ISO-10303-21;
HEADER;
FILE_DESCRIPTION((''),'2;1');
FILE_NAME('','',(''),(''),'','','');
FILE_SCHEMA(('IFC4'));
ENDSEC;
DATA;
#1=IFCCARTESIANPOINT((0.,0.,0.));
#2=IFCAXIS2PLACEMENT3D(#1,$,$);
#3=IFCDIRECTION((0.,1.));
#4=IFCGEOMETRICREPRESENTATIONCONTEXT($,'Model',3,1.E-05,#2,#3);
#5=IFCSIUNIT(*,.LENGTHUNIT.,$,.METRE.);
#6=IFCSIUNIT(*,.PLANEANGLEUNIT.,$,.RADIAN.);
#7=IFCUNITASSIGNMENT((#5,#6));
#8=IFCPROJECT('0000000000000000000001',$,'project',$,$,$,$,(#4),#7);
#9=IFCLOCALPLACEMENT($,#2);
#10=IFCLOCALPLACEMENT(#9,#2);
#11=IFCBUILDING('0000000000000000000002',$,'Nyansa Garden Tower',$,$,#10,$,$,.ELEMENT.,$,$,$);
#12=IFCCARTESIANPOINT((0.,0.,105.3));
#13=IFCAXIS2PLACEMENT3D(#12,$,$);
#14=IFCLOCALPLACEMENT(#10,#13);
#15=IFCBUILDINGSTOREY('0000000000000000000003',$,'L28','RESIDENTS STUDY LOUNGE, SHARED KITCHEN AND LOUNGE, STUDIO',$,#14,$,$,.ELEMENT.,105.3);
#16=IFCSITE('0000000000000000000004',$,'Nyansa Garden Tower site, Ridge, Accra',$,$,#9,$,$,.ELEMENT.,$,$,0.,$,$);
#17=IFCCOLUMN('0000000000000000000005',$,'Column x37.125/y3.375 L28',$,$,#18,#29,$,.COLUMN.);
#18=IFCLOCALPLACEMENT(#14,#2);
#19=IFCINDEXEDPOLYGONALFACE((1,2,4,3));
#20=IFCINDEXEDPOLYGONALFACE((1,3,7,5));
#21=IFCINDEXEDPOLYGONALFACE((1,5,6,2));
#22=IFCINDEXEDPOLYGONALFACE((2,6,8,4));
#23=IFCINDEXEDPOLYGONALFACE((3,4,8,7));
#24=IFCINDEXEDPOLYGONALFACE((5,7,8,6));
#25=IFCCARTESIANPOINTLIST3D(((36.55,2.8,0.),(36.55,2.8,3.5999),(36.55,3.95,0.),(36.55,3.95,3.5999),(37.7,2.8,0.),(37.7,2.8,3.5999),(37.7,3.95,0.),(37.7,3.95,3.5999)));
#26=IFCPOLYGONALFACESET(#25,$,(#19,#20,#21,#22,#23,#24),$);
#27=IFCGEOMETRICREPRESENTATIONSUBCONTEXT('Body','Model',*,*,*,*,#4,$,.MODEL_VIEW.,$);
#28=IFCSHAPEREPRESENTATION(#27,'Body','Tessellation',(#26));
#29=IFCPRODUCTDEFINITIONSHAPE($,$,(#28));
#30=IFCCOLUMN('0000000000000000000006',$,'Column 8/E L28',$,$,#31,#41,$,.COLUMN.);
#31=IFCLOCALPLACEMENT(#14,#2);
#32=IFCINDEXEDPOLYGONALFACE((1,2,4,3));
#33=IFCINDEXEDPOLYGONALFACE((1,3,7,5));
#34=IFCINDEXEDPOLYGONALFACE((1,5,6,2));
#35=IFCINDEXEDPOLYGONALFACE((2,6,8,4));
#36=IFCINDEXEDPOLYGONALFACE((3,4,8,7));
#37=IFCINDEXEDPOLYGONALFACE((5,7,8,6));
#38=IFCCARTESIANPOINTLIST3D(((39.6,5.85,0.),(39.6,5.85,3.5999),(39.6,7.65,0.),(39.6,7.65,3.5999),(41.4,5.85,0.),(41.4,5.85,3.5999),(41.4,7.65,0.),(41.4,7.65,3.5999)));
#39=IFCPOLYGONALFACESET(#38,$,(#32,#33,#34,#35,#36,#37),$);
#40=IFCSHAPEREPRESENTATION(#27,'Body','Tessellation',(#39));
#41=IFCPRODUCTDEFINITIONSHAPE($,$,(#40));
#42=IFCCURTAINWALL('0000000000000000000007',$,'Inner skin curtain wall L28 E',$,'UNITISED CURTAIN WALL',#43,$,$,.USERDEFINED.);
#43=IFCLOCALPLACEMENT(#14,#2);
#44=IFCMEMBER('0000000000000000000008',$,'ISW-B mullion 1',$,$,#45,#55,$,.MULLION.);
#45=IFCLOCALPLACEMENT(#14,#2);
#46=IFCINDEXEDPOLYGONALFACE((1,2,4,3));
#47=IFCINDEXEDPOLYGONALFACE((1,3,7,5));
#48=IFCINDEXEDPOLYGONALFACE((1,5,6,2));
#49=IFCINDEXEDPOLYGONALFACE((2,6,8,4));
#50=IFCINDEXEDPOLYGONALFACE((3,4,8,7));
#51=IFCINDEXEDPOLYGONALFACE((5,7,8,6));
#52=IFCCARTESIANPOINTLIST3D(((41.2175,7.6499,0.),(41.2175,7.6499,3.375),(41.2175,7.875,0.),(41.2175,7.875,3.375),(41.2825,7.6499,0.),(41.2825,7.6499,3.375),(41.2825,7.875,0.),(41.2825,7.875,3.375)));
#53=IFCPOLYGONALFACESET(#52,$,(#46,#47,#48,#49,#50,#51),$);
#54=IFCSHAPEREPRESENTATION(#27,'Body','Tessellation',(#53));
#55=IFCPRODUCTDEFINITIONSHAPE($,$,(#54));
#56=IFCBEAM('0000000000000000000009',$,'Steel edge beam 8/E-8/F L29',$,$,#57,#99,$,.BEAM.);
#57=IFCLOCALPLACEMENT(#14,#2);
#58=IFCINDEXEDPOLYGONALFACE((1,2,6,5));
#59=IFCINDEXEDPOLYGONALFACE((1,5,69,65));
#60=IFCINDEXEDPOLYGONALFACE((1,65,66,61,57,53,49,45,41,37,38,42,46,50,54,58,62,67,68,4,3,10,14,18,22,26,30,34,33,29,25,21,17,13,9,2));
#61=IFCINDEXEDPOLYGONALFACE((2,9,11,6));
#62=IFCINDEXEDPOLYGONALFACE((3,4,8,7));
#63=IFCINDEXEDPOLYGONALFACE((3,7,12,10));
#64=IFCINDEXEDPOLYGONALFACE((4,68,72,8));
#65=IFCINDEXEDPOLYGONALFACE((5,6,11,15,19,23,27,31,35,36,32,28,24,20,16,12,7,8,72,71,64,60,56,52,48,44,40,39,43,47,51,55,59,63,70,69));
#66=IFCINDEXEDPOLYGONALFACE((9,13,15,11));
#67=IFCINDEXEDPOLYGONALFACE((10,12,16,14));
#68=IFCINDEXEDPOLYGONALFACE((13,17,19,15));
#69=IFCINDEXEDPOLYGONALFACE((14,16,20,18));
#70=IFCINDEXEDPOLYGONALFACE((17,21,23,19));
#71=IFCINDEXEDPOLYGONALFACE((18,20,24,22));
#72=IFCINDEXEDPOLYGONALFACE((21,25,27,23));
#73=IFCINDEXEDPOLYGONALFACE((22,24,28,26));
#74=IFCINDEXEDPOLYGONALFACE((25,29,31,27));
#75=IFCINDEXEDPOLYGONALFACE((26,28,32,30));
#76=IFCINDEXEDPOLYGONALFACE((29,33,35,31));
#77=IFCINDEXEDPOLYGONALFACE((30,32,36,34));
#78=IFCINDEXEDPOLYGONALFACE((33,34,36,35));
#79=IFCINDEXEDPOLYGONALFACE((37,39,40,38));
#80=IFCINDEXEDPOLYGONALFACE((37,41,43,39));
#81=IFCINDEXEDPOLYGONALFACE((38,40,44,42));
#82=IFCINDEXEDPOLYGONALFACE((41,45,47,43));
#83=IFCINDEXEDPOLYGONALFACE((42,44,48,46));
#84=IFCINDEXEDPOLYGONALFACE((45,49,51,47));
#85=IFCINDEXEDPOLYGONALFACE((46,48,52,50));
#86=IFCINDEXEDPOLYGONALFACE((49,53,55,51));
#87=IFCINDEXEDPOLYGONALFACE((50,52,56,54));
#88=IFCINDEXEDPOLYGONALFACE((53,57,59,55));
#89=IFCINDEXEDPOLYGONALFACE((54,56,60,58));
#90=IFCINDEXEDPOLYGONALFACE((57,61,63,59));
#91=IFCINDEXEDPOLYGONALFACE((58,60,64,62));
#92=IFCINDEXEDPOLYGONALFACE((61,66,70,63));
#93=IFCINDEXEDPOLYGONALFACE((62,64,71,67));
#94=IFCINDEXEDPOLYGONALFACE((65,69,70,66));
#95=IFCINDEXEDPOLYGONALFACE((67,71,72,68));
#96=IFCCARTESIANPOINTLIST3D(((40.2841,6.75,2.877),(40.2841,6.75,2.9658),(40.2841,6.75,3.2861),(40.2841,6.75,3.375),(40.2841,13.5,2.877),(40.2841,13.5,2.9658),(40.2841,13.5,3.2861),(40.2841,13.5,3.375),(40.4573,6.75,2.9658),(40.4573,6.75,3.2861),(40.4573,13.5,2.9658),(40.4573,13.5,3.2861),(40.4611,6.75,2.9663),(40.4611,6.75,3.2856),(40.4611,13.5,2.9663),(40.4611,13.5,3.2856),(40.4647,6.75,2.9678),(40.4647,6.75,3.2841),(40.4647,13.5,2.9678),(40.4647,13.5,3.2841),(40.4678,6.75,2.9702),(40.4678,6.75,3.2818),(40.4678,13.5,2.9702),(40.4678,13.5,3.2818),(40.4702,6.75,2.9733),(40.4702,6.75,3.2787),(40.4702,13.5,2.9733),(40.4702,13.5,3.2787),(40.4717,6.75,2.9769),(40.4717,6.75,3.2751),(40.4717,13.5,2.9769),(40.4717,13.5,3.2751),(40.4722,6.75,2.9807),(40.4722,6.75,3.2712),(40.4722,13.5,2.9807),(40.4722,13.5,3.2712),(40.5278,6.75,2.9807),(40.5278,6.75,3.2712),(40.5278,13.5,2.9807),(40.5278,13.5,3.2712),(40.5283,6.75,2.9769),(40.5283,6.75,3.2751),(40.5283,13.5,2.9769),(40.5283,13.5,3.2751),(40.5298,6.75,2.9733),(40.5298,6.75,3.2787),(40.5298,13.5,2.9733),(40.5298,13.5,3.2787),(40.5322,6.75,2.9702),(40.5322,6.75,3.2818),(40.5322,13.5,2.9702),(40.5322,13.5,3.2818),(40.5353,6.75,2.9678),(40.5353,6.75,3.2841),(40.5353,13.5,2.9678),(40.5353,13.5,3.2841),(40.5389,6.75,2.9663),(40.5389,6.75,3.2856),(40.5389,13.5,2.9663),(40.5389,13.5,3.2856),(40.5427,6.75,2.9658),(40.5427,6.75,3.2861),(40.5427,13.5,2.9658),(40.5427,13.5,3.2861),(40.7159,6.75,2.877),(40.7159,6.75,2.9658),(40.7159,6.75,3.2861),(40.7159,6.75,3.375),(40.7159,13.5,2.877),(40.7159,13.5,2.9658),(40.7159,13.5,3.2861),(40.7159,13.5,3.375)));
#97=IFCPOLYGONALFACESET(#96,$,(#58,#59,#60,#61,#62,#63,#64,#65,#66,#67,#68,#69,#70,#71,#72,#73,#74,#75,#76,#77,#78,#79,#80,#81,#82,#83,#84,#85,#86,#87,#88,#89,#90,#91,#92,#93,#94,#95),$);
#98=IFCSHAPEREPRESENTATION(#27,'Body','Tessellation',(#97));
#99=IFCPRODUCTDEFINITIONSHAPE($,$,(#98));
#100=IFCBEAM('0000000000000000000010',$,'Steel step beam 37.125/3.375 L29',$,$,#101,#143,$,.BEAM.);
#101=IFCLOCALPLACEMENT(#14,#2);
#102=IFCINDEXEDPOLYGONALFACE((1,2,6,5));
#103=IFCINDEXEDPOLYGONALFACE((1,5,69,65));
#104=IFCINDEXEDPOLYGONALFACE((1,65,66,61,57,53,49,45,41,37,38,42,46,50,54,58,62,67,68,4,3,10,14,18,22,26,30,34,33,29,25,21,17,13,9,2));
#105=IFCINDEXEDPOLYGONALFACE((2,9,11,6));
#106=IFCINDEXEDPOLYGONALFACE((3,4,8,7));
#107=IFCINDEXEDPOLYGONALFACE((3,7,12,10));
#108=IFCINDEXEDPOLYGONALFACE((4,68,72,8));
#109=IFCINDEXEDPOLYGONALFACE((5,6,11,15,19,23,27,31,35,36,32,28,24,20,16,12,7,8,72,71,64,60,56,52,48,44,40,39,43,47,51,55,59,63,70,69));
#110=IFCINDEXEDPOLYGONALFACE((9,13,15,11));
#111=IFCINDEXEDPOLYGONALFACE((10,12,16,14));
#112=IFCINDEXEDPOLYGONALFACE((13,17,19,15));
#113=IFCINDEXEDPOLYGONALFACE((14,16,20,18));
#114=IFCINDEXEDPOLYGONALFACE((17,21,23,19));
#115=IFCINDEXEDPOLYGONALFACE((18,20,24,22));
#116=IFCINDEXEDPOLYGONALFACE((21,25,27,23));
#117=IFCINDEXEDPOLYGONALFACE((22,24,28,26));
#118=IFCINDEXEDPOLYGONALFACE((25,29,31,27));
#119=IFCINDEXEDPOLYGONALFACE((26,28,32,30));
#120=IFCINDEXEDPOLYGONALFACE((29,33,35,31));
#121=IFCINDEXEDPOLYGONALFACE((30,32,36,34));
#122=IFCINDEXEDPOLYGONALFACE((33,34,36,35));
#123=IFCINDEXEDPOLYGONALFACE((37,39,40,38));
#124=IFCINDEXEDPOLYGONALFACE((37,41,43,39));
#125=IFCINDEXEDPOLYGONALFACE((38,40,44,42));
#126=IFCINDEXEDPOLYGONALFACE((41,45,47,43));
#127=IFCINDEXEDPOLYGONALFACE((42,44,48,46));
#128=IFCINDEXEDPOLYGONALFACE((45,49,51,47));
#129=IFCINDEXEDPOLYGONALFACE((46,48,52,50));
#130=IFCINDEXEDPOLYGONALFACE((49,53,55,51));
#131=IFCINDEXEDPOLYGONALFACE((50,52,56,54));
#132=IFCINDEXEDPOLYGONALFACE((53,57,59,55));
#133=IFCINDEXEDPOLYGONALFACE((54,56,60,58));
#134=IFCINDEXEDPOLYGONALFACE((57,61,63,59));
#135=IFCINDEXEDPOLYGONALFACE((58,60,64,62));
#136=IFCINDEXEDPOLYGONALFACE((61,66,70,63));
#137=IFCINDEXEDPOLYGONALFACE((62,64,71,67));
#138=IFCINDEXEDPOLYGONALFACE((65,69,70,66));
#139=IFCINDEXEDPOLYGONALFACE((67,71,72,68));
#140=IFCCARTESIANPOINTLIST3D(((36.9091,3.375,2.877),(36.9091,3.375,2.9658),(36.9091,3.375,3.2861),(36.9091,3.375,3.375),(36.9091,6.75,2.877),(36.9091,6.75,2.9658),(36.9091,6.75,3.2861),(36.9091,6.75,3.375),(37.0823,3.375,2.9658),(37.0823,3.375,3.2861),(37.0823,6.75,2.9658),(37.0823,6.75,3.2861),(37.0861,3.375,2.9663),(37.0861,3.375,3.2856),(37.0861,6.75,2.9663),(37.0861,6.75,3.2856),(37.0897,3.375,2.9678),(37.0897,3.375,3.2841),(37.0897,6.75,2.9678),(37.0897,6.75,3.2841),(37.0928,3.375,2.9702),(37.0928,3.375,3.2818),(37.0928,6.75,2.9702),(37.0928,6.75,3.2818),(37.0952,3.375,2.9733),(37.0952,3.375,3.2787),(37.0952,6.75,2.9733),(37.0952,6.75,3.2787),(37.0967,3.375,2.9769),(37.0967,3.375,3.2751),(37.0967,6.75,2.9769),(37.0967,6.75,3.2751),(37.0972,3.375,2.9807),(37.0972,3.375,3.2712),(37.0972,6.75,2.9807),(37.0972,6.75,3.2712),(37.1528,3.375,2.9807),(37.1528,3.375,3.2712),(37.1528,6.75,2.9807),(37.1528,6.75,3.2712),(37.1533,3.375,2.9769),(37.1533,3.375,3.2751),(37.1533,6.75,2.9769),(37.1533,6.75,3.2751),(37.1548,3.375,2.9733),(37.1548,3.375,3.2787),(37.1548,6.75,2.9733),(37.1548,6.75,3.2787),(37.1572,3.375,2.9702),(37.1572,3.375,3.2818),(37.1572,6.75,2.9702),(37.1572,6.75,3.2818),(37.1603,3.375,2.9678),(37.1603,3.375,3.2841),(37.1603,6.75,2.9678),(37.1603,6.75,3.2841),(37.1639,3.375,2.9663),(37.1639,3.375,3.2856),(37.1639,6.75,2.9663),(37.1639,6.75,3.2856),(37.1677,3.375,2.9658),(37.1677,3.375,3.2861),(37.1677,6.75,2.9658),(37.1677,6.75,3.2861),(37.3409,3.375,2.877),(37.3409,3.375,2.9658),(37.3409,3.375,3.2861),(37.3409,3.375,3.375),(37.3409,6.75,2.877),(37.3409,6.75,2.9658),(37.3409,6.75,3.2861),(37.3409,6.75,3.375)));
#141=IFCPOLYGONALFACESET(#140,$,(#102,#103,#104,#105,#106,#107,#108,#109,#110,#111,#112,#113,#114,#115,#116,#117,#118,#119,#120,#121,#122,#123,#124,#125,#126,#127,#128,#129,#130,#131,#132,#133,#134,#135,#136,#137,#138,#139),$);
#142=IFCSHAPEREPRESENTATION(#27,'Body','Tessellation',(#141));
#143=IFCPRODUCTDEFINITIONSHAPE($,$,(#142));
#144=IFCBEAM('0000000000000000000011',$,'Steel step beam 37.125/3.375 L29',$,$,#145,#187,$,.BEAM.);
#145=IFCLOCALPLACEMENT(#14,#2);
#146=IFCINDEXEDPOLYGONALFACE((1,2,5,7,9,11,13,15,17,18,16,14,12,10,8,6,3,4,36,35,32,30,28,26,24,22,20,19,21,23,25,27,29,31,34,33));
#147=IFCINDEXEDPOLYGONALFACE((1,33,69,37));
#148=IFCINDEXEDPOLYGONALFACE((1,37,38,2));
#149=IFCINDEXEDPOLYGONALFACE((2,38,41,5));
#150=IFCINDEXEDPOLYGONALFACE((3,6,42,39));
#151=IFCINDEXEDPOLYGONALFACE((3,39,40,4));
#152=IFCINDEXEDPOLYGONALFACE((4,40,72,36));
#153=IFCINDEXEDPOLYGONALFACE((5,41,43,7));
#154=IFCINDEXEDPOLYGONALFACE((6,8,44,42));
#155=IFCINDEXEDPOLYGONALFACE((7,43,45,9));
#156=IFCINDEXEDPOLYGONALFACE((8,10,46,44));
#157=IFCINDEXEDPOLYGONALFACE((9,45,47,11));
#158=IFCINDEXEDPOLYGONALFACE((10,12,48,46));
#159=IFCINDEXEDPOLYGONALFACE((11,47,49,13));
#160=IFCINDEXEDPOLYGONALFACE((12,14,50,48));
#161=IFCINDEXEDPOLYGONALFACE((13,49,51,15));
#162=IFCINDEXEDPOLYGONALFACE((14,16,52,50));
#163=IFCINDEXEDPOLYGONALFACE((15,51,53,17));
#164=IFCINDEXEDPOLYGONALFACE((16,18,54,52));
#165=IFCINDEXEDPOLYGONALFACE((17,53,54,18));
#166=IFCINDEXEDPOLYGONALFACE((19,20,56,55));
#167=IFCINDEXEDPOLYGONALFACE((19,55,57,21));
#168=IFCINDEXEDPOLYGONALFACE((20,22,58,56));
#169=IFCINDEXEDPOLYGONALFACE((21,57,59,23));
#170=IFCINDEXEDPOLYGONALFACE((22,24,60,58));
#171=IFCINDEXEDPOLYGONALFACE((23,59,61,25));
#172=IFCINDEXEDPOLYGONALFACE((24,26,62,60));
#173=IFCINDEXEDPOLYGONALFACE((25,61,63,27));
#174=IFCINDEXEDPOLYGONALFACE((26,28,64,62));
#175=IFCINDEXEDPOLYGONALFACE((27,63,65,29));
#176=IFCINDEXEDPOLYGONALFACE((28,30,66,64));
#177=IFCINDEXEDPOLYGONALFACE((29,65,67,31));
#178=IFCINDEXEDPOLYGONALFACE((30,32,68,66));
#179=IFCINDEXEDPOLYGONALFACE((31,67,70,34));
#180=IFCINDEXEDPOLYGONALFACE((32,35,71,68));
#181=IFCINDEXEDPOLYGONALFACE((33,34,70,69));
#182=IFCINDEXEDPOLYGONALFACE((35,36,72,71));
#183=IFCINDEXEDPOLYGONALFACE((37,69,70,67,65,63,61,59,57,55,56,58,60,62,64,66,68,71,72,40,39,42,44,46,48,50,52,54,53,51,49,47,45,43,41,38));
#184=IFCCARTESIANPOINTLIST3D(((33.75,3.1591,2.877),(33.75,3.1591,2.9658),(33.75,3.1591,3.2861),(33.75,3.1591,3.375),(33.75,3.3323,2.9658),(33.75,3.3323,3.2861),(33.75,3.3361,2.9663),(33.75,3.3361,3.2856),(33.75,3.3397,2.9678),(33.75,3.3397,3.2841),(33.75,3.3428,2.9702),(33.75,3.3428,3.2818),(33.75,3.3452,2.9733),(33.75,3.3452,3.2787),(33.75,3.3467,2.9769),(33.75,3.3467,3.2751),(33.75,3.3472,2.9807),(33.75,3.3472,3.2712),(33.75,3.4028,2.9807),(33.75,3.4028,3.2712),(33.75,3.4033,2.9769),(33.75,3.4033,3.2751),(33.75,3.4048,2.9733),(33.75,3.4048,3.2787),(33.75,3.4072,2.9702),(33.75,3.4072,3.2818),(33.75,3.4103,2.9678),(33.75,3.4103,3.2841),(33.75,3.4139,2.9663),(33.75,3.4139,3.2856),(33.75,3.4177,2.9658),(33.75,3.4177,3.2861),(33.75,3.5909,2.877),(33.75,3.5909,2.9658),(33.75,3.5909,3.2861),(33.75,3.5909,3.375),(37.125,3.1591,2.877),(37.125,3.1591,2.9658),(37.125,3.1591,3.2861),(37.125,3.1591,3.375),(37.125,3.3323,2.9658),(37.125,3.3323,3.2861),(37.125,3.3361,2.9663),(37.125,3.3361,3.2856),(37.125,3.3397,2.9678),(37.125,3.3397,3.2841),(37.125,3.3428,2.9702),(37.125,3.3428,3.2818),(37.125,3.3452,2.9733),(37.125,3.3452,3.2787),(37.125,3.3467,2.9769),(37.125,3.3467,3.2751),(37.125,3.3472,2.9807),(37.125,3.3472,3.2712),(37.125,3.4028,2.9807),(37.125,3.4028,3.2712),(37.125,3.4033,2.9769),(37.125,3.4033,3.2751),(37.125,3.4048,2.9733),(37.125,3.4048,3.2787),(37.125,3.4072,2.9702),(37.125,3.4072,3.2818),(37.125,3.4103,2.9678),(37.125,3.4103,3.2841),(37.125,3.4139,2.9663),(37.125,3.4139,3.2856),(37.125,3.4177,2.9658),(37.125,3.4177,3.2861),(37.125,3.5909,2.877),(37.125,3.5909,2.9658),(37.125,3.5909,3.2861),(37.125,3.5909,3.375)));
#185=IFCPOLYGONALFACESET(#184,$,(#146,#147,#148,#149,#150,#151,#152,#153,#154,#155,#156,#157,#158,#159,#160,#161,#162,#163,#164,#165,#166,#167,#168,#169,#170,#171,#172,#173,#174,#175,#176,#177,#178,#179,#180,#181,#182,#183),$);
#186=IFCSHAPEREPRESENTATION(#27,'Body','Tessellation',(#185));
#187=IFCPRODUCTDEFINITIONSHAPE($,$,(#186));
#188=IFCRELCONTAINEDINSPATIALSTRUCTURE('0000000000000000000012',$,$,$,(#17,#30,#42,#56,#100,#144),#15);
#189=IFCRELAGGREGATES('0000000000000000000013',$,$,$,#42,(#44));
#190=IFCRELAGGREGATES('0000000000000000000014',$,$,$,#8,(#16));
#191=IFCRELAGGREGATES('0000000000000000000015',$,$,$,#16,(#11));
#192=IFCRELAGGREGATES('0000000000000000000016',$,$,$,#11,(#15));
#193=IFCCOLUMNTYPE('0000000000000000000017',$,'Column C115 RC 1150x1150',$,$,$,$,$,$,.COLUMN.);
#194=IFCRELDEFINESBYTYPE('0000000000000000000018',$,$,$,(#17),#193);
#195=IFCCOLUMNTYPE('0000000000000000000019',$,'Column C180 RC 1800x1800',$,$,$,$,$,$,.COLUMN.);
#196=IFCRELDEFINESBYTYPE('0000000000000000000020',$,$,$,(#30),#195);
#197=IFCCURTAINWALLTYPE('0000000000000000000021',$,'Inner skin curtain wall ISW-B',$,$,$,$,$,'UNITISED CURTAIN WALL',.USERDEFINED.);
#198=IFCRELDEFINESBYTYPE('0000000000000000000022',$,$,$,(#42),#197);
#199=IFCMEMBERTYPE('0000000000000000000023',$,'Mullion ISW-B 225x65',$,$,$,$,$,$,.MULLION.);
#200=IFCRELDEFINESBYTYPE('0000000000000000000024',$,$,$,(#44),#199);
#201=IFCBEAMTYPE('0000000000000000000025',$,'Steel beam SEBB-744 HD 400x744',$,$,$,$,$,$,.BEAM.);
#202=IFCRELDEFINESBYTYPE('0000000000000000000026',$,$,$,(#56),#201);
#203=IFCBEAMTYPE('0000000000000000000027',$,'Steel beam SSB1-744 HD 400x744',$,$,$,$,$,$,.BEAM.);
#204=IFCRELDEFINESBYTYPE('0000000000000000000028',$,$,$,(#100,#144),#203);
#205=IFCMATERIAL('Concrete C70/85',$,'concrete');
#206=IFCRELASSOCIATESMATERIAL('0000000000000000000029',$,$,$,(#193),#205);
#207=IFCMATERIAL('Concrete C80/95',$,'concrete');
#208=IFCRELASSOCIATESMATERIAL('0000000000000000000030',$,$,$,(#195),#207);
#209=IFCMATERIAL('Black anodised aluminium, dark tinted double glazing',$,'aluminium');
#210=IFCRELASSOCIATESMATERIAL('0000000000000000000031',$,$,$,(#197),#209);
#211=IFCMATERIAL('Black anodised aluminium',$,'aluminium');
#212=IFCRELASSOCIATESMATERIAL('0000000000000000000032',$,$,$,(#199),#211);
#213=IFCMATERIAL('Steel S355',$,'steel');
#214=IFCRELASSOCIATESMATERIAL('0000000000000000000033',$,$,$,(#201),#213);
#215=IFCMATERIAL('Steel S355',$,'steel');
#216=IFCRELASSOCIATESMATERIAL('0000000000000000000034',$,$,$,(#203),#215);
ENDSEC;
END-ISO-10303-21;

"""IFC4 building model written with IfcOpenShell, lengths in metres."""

from ifc_helpers import new_model, si_unit, direction, frame, origin, origin_2d, place, context, subcontext, project, spatial, rectangle, i_section, extrude, material, material_profile, profile_set, type_object, element, aggregate, save


model = new_model("IFC4")

# Units and contexts
model_context = context("Model", 3, precision=1e-05, world=origin(), true_north=direction((0.0, 1.0)))
body_context = subcontext(model_context, "Body", "Model", "MODEL_VIEW")
ifc_project = project(units=[si_unit("LENGTHUNIT", "METRE"), si_unit("PLANEANGLEUNIT", "RADIAN")], contexts=[model_context])

# Site, building, storey
site_placement = place(None, origin())
site = spatial("IfcSite", under=ifc_project, at=site_placement, Name="Nyansa Garden Tower site, Ridge, Accra", CompositionType="ELEMENT", RefElevation=0.0)
building_placement = place(site_placement, origin())
building = spatial("IfcBuilding", under=site, at=building_placement, Name="Nyansa Garden Tower", CompositionType="ELEMENT")
storey_placement = place(building_placement, frame((0.0, 0.0, 105.3)))
storey = spatial("IfcBuildingStorey", under=building, at=storey_placement, Name="L28", Description="RESIDENTS STUDY LOUNGE, SHARED KITCHEN AND LOUNGE, STUDIO", CompositionType="ELEMENT", Elevation=105.3)

# Columns
ifc_material_1 = material(Name="Concrete C70/85", Category="concrete")
ifc_material_profile_1 = material_profile(ifc_material_1, rectangle(XDim=1.1499, YDim=1.1499, at=origin_2d()), Name="RC 1150x1150")
ifc_profile_set_1 = profile_set([ifc_material_profile_1], Name="Concrete C70/85")
column_type_1 = type_object("IfcColumnType", Name="Column C115 RC 1150x1150", PredefinedType="COLUMN", material=ifc_profile_set_1)
column_1_placement = place(storey_placement, frame((37.125, 3.375, 0.0), z_axis=(0.0, 0.0, 1.0), x_axis=(1.0, 0.0, 0.0)))
element("IfcColumn", 1, at=column_1_placement, inside=storey, type_object=column_type_1, Name="Column x37.125/y3.375 L28", PredefinedType="COLUMN", context=body_context, shape_type="SweptSolid", body=[
    extrude(rectangle(XDim=1.1499, YDim=1.1499, at=origin_2d()), origin(), (0.0, 0.0, 1.0), 3.5999),
])
ifc_material_2 = material(Name="Concrete C80/95", Category="concrete")
ifc_material_profile_2 = material_profile(ifc_material_2, rectangle(XDim=1.8, YDim=1.8, at=origin_2d()), Name="RC 1800x1800")
ifc_profile_set_2 = profile_set([ifc_material_profile_2], Name="Concrete C80/95")
column_type_2 = type_object("IfcColumnType", Name="Column C180 RC 1800x1800", PredefinedType="COLUMN", material=ifc_profile_set_2)
column_2_placement = place(storey_placement, frame((40.5, 6.75, 0.0), z_axis=(0.0, 0.0, 1.0), x_axis=(1.0, 0.0, 0.0)))
element("IfcColumn", 2, at=column_2_placement, inside=storey, type_object=column_type_2, Name="Column 8/E L28", PredefinedType="COLUMN", context=body_context, shape_type="SweptSolid", body=[
    extrude(rectangle(XDim=1.8, YDim=1.8, at=origin_2d()), origin(), (0.0, 0.0, 1.0), 3.5999),
])

# Curtain wall, member
ifc_material_3 = material(Name="Black anodised aluminium, dark tinted double glazing", Category="aluminium")
curtain_wall_type = type_object("IfcCurtainWallType", Name="Inner skin curtain wall ISW-B", ElementType="UNITISED CURTAIN WALL", PredefinedType="USERDEFINED", material=ifc_material_3)
curtain_wall_placement = place(storey_placement, origin())
curtain_wall = element("IfcCurtainWall", 3, at=curtain_wall_placement, inside=storey, type_object=curtain_wall_type, Name="Inner skin curtain wall L28 E", ObjectType="UNITISED CURTAIN WALL", PredefinedType="USERDEFINED")
ifc_material_4 = material(Name="Black anodised aluminium", Category="aluminium")
ifc_material_profile_3 = material_profile(ifc_material_4, rectangle(XDim=0.0649, YDim=0.2251, at=origin_2d()), Name="Mullion 225x65")
ifc_profile_set_3 = profile_set([ifc_material_profile_3], Name="Black anodised aluminium")
member_type_1 = type_object("IfcMemberType", Name="Mullion ISW-B 225x65", PredefinedType="MULLION", material=ifc_profile_set_3)
member_1_placement = place(storey_placement, frame((41.25, 7.7625, 0.0), z_axis=(0.0, 0.0, 1.0), x_axis=(-1.0, 0.0, 0.0)))
member_1 = element("IfcMember", 4, at=member_1_placement, type_object=member_type_1, Name="ISW-B mullion 1", PredefinedType="MULLION", context=body_context, shape_type="SweptSolid", body=[
    extrude(rectangle(XDim=0.0649, YDim=0.2251, at=origin_2d()), origin(), (0.0, 0.0, 1.0), 3.375),
])

# Beams
ifc_material_5 = material(Name="Steel S355", Category="steel")
ifc_material_profile_4 = material_profile(ifc_material_5, i_section(OverallWidth=0.4319, OverallDepth=0.498, WebThickness=0.0557, FlangeThickness=0.0889, FilletRadius=0.0149, at=origin_2d()), Name="HD 400x744")
ifc_profile_set_4 = profile_set([ifc_material_profile_4], Name="Steel S355")
beam_type_1 = type_object("IfcBeamType", Name="Steel beam SEBB-744 HD 400x744", PredefinedType="BEAM", material=ifc_profile_set_4)
beam_placement = place(storey_placement, frame((40.5, 6.75, 3.126), z_axis=(0.0, 1.0, 0.0), x_axis=(-1.0, 0.0, 0.0)))
element("IfcBeam", 5, at=beam_placement, inside=storey, type_object=beam_type_1, Name="Steel edge beam 8/E-8/F L29", PredefinedType="BEAM", context=body_context, shape_type="SweptSolid", body=[
    extrude(i_section(OverallWidth=0.4319, OverallDepth=0.498, WebThickness=0.0557, FlangeThickness=0.0889, FilletRadius=0.0149, at=origin_2d()), origin(), (0.0, 0.0, 1.0), 6.75),
])
ifc_material_6 = material(Name="Steel S355", Category="steel")
ifc_material_profile_5 = material_profile(ifc_material_6, i_section(OverallWidth=0.4319, OverallDepth=0.498, WebThickness=0.0557, FlangeThickness=0.0889, FilletRadius=0.0149, at=origin_2d()), Name="HD 400x744")
ifc_profile_set_5 = profile_set([ifc_material_profile_5], Name="Steel S355")
beam_type_2 = type_object("IfcBeamType", Name="Steel beam SSB1-744 HD 400x744", PredefinedType="BEAM", material=ifc_profile_set_5)
for number, where, z_axis, x_axis, name in (
    (6, (37.125, 3.375, 3.126), (0.0, 1.0, 0.0), (-1.0, 0.0, 0.0), "Steel step beam 37.125/3.375 L29"),
    (7, (37.125, 3.375, 3.126), (-1.0, 0.0, 0.0), (0.0, -1.0, 0.0), "Steel step beam 37.125/3.375 L29"),
):
    element("IfcBeam", number, at=place(storey_placement, frame(where, z_axis=z_axis, x_axis=x_axis)), inside=storey, type_object=beam_type_2, Name=name, PredefinedType="BEAM", context=body_context, shape_type="SweptSolid", body=[
        extrude(i_section(OverallWidth=0.4319, OverallDepth=0.498, WebThickness=0.0557, FlangeThickness=0.0889, FilletRadius=0.0149, at=origin_2d()), origin(), (0.0, 0.0, 1.0), 3.375),
    ])

aggregate(curtain_wall, [member_1])

save(model, "model.ifc")
